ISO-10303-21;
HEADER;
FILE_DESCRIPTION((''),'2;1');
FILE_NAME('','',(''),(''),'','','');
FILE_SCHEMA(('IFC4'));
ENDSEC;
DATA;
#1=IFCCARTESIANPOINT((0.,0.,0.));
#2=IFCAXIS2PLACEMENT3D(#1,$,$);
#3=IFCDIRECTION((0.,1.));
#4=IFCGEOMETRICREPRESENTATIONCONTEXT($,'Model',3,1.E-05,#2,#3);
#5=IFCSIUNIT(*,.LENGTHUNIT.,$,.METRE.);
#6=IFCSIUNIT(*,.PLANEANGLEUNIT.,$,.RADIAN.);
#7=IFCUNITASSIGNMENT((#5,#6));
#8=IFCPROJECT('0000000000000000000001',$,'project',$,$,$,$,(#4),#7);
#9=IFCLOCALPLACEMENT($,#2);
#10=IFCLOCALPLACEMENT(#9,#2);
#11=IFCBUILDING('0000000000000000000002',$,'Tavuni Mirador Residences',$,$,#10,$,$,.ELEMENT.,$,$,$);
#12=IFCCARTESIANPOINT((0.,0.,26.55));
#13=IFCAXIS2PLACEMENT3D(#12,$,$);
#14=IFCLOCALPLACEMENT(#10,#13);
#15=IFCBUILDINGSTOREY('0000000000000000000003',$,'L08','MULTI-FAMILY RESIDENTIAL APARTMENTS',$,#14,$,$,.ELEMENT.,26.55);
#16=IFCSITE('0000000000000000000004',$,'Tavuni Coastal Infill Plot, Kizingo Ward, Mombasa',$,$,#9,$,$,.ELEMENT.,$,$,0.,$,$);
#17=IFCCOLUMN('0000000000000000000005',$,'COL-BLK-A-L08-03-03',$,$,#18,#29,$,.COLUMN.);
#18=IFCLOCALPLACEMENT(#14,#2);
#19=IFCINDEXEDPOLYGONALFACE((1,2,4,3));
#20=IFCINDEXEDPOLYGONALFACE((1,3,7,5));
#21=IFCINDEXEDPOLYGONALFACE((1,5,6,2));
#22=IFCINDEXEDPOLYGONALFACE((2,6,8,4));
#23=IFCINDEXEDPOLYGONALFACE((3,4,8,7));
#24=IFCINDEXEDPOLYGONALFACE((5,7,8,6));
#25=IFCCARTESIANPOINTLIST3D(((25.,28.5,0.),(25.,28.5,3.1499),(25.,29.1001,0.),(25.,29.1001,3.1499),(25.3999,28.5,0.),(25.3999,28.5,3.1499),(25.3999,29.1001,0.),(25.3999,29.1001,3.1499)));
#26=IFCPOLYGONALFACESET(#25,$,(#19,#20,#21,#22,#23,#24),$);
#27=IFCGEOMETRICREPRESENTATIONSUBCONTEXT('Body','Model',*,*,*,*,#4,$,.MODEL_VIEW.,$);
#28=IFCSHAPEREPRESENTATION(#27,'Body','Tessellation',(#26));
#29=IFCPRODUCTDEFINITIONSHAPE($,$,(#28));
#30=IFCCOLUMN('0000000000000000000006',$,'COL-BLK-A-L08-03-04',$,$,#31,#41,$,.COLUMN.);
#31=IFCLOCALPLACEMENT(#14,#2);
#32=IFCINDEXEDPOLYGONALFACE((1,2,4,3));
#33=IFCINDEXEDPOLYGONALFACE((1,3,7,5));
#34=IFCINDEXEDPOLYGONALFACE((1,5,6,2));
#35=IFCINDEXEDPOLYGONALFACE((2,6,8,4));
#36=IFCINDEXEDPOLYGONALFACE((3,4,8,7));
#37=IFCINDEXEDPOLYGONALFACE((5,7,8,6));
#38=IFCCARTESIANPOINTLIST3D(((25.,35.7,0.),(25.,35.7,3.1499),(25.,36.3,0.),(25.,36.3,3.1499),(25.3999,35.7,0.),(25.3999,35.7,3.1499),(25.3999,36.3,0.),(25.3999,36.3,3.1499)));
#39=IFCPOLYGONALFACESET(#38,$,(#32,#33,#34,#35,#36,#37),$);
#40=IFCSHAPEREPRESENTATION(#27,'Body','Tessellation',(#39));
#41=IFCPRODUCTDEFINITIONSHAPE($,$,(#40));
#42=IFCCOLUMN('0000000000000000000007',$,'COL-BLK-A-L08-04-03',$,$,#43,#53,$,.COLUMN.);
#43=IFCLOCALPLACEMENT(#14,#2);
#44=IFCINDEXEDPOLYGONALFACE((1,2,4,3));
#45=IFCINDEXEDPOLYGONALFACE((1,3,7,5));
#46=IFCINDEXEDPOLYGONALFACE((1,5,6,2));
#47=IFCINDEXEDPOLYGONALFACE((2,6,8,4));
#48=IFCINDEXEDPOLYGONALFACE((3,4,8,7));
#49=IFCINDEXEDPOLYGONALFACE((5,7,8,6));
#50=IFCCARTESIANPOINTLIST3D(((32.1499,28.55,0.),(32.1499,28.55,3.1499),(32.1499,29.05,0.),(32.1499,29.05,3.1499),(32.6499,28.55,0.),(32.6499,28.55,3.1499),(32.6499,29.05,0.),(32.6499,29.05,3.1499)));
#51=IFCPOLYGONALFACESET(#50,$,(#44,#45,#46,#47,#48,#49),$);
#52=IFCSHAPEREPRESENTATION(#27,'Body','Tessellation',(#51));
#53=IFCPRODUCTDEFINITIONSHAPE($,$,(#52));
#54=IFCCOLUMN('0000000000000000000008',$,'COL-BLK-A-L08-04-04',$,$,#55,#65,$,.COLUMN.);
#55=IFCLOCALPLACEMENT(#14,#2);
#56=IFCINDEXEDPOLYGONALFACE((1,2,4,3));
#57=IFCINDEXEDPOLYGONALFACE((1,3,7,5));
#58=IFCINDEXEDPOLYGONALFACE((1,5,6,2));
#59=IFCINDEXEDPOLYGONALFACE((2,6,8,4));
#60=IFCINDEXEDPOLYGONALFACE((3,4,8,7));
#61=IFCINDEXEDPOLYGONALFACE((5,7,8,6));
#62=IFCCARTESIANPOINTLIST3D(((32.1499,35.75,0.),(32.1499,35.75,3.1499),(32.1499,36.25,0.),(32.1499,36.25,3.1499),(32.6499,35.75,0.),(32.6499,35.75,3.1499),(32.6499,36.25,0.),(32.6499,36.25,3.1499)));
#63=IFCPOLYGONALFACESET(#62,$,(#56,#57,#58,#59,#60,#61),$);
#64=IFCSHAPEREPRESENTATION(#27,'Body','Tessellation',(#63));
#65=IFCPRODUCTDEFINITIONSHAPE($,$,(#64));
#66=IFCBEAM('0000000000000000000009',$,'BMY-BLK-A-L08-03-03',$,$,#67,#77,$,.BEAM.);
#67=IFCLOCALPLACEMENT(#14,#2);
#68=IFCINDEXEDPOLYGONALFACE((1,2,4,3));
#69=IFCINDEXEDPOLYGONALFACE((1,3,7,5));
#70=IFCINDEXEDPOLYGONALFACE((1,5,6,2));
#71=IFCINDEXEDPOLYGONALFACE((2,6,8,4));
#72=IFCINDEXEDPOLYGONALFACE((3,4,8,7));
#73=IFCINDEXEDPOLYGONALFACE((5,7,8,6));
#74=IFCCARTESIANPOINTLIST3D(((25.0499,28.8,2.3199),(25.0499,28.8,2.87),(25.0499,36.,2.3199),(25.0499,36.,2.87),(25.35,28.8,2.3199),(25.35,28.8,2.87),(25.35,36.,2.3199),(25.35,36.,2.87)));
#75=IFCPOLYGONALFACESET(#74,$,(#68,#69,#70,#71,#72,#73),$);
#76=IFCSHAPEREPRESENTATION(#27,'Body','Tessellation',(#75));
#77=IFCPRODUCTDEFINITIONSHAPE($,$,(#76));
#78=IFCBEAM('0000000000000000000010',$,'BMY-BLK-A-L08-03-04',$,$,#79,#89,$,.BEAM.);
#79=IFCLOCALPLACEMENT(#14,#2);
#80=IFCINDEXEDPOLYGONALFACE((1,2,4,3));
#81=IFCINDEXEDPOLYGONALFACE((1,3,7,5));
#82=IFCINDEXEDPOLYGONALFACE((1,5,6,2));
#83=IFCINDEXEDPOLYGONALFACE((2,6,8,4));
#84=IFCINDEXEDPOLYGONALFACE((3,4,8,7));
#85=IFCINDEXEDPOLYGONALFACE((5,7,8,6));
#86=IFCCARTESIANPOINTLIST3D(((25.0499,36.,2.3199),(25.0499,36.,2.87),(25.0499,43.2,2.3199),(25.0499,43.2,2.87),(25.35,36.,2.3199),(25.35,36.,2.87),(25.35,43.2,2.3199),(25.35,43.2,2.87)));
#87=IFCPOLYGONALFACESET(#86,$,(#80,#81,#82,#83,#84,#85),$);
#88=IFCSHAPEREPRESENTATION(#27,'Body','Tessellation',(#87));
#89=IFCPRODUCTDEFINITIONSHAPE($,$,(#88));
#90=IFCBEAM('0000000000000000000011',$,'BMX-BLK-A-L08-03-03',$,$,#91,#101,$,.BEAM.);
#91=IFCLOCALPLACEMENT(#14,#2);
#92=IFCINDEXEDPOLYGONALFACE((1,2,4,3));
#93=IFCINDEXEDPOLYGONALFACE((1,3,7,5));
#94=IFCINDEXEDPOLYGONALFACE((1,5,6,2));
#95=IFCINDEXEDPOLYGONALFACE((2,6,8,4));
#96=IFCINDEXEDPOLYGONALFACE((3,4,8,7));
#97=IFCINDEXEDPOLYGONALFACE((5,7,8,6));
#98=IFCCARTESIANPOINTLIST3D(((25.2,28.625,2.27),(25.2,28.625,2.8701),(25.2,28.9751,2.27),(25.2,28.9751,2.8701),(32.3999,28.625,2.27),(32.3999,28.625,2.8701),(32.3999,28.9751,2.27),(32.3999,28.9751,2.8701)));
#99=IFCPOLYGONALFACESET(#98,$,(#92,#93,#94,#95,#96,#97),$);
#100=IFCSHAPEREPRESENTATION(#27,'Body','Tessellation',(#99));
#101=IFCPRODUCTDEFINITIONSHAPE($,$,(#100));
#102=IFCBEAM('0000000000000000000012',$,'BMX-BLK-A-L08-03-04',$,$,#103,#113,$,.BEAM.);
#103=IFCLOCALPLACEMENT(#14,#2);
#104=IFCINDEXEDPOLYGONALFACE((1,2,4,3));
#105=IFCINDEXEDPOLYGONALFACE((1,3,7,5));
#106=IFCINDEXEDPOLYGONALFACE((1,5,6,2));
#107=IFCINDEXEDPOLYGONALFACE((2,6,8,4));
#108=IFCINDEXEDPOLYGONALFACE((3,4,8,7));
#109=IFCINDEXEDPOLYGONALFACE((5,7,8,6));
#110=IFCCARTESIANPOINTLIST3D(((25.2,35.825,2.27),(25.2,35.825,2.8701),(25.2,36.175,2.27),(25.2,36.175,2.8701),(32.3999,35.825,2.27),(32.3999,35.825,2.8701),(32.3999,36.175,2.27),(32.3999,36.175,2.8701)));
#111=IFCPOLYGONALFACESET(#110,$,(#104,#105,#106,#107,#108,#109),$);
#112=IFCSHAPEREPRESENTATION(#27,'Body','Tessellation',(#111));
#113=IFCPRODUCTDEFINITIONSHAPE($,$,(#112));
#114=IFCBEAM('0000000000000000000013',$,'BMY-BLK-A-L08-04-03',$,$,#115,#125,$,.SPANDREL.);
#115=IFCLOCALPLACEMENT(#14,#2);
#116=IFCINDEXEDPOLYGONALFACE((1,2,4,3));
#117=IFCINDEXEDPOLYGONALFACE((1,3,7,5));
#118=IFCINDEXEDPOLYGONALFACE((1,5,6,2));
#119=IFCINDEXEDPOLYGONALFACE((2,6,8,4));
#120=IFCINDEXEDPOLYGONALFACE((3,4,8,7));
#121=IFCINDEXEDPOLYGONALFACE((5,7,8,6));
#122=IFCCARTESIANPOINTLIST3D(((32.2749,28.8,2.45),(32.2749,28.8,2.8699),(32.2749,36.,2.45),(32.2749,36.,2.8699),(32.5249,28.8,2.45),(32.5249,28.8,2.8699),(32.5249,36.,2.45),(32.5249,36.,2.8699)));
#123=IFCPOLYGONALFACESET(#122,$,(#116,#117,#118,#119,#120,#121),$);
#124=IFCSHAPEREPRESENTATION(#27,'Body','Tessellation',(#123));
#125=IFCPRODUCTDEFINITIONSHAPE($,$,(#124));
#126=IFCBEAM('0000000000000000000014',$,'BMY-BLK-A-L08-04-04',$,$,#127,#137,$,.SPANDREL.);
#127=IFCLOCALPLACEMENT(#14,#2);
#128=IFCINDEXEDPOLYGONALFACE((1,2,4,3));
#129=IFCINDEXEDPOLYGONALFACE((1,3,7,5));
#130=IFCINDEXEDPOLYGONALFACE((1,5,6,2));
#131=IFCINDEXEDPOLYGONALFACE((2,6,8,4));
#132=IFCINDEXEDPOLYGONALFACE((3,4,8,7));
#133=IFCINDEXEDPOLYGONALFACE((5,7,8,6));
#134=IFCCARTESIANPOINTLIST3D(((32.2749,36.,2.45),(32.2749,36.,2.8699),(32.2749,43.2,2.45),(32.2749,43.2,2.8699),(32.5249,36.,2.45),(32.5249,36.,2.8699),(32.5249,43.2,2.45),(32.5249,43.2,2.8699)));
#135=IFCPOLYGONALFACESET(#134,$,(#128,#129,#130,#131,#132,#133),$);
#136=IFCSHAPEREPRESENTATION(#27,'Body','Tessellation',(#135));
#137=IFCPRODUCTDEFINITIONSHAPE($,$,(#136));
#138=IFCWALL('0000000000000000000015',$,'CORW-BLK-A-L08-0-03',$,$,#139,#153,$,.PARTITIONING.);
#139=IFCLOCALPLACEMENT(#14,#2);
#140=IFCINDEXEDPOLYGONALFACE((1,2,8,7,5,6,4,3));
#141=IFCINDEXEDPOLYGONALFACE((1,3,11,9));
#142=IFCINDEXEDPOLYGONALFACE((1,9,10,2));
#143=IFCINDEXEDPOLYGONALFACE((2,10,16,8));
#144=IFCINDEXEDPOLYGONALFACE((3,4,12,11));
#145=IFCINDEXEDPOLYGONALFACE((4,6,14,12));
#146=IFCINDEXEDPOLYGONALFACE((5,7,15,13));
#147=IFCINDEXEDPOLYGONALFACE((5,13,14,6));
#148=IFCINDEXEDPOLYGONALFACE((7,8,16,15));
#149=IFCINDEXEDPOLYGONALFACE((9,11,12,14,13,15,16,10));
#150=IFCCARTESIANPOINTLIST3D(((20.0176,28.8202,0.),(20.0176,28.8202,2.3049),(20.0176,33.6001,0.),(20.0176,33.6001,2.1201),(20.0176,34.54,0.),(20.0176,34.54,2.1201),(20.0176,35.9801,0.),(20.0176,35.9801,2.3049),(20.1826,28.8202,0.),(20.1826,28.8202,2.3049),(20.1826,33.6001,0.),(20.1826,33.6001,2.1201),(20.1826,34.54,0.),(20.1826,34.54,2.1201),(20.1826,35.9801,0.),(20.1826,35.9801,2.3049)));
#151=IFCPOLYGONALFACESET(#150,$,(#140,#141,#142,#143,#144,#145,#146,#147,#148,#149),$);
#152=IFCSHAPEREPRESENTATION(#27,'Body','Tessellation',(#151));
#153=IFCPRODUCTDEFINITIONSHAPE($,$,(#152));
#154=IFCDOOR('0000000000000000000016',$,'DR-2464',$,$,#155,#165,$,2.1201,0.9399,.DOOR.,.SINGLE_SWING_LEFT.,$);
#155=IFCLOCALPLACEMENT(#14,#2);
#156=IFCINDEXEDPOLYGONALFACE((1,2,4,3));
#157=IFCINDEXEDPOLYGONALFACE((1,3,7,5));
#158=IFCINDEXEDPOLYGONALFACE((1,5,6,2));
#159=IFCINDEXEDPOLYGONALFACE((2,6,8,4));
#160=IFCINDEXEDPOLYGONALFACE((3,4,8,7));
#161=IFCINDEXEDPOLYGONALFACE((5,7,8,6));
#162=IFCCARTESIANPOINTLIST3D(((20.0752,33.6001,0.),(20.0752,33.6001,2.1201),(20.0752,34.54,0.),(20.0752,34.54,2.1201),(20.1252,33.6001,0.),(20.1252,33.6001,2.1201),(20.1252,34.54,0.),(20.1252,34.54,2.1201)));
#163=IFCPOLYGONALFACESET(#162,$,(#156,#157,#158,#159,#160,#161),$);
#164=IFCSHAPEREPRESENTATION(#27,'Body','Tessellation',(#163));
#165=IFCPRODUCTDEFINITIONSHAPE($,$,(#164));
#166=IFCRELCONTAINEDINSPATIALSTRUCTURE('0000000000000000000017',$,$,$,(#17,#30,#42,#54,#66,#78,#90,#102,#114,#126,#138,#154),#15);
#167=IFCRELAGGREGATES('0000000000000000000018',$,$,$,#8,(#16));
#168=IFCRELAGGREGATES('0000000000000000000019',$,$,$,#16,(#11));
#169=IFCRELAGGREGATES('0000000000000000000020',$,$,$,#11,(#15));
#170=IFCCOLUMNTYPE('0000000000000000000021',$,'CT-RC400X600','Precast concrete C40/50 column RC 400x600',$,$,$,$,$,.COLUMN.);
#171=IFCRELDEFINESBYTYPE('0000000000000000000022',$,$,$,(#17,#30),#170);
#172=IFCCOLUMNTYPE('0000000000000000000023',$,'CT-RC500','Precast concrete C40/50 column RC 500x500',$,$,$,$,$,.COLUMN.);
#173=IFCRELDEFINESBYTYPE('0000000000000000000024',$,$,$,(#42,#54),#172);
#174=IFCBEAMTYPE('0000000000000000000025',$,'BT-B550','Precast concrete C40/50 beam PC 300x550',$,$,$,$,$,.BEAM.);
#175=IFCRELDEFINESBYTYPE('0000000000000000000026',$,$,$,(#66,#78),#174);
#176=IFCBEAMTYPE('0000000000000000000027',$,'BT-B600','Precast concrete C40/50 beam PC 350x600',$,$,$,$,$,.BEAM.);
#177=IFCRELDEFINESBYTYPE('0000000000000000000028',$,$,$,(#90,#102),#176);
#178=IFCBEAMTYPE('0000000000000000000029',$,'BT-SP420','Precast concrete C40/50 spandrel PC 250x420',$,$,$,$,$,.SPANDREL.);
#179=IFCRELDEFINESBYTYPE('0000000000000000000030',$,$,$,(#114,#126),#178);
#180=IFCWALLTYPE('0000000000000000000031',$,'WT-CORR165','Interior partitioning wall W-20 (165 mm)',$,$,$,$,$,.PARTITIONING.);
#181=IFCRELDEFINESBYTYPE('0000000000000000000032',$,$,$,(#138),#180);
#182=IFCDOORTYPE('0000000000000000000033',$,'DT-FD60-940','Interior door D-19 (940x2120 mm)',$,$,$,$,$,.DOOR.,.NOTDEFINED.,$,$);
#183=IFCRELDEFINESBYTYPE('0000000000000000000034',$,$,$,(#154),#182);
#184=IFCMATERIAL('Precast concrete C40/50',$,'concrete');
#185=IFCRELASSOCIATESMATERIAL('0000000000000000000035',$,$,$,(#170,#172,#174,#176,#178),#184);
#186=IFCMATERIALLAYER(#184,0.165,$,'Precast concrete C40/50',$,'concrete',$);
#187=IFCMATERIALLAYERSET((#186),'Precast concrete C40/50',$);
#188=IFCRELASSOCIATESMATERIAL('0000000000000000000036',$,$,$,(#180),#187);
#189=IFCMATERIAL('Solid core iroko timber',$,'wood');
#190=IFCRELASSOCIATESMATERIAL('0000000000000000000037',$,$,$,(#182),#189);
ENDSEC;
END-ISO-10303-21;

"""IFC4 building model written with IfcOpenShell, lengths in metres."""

from ifc_helpers import new_model, si_unit, direction, frame, frame_2d, origin, origin_2d, place, context, subcontext, project, spatial, rectangle, extrude, material, layer, layer_set, material_profile, profile_set, type_object, element, fill, save


model = new_model("IFC4")

# Units and contexts
model_context = context("Model", 3, precision=1e-05, world=origin(), true_north=direction((0.0, 1.0)))
body_context = subcontext(model_context, "Body", "Model", "MODEL_VIEW")
ifc_project = project(units=[si_unit("LENGTHUNIT", "METRE"), si_unit("PLANEANGLEUNIT", "RADIAN")], contexts=[model_context])

# Site, building, storey
site_placement = place(None, origin())
site = spatial("IfcSite", under=ifc_project, at=site_placement, Name="Tavuni Coastal Infill Plot, Kizingo Ward, Mombasa", CompositionType="ELEMENT", RefElevation=0.0)
building_placement = place(site_placement, origin())
building = spatial("IfcBuilding", under=site, at=building_placement, Name="Tavuni Mirador Residences", CompositionType="ELEMENT")
storey_placement = place(building_placement, frame((0.0, 0.0, 26.55)))
storey = spatial("IfcBuildingStorey", under=building, at=storey_placement, Name="L08", Description="MULTI-FAMILY RESIDENTIAL APARTMENTS", CompositionType="ELEMENT", Elevation=26.55)

# Columns
ifc_material_1 = material(Name="Precast concrete C40/50", Category="concrete")
ifc_material_profile_1 = material_profile(ifc_material_1, rectangle(XDim=0.3999, YDim=0.6001, at=origin_2d()), Name="RC 400x600", Category="concrete")
ifc_profile_set_1 = profile_set([ifc_material_profile_1], Name="Precast concrete C40/50")
column_type_1 = type_object("IfcColumnType", Name="CT-RC400X600", Description="Precast concrete C40/50 column RC 400x600", PredefinedType="COLUMN", material=ifc_profile_set_1)
for number, where, z_axis, x_axis, name in (
    (1, (25.2, 28.8, 0.0), (0.0, 0.0, 1.0), (1.0, 0.0, 0.0), "COL-BLK-A-L08-03-03"),
    (2, (25.2, 36.0, 0.0), (0.0, 0.0, 1.0), (1.0, 0.0, 0.0), "COL-BLK-A-L08-03-04"),
):
    element("IfcColumn", number, at=place(storey_placement, frame(where, z_axis=z_axis, x_axis=x_axis)), inside=storey, type_object=column_type_1, Name=name, PredefinedType="COLUMN", context=body_context, shape_type="SweptSolid", body=[
        extrude(rectangle(XDim=0.3999, YDim=0.6001, at=origin_2d()), origin(), (0.0, 0.0, 1.0), 3.1499),
    ])
ifc_material_profile_2 = material_profile(ifc_material_1, rectangle(XDim=0.5, YDim=0.5, at=origin_2d()), Name="RC 500x500", Category="concrete")
ifc_profile_set_2 = profile_set([ifc_material_profile_2], Name="Precast concrete C40/50")
column_type_2 = type_object("IfcColumnType", Name="CT-RC500", Description="Precast concrete C40/50 column RC 500x500", PredefinedType="COLUMN", material=ifc_profile_set_2)
for number, where, z_axis, x_axis, name in (
    (3, (32.3999, 28.8, 0.0), (0.0, 0.0, 1.0), (1.0, 0.0, 0.0), "COL-BLK-A-L08-04-03"),
    (4, (32.3999, 36.0, 0.0), (0.0, 0.0, 1.0), (1.0, 0.0, 0.0), "COL-BLK-A-L08-04-04"),
):
    element("IfcColumn", number, at=place(storey_placement, frame(where, z_axis=z_axis, x_axis=x_axis)), inside=storey, type_object=column_type_2, Name=name, PredefinedType="COLUMN", context=body_context, shape_type="SweptSolid", body=[
        extrude(rectangle(XDim=0.5, YDim=0.5, at=origin_2d()), origin(), (0.0, 0.0, 1.0), 3.1499),
    ])

# Beams
ifc_material_profile_3 = material_profile(ifc_material_1, rectangle(XDim=0.3, YDim=0.55, at=origin_2d()), Name="PC 300x550", Category="concrete")
ifc_profile_set_3 = profile_set([ifc_material_profile_3], Name="Precast concrete C40/50")
beam_type_1 = type_object("IfcBeamType", Name="BT-B550", Description="Precast concrete C40/50 beam PC 300x550", PredefinedType="BEAM", material=ifc_profile_set_3)
for number, where, z_axis, x_axis, name in (
    (5, (25.2, 28.8, 2.595), (0.0, 1.0, 0.0), (-1.0, 0.0, 0.0), "BMY-BLK-A-L08-03-03"),
    (6, (25.2, 36.0, 2.595), (0.0, 1.0, 0.0), (-1.0, 0.0, 0.0), "BMY-BLK-A-L08-03-04"),
):
    element("IfcBeam", number, at=place(storey_placement, frame(where, z_axis=z_axis, x_axis=x_axis)), inside=storey, type_object=beam_type_1, Name=name, PredefinedType="BEAM", context=body_context, shape_type="SweptSolid", body=[
        extrude(rectangle(XDim=0.3, YDim=0.55, at=origin_2d()), origin(), (0.0, 0.0, 1.0), 7.2),
    ])
ifc_material_profile_4 = material_profile(ifc_material_1, rectangle(XDim=0.3501, YDim=0.6001, at=origin_2d()), Name="PC 350x600", Category="concrete")
ifc_profile_set_4 = profile_set([ifc_material_profile_4], Name="Precast concrete C40/50")
beam_type_2 = type_object("IfcBeamType", Name="BT-B600", Description="Precast concrete C40/50 beam PC 350x600", PredefinedType="BEAM", material=ifc_profile_set_4)
for number, where, z_axis, x_axis, name in (
    (7, (25.2, 28.8, 2.5701), (1.0, 0.0, 0.0), (0.0, 1.0, 0.0), "BMX-BLK-A-L08-03-03"),
    (8, (25.2, 36.0, 2.5701), (1.0, 0.0, 0.0), (0.0, 1.0, 0.0), "BMX-BLK-A-L08-03-04"),
):
    element("IfcBeam", number, at=place(storey_placement, frame(where, z_axis=z_axis, x_axis=x_axis)), inside=storey, type_object=beam_type_2, Name=name, PredefinedType="BEAM", context=body_context, shape_type="SweptSolid", body=[
        extrude(rectangle(XDim=0.3501, YDim=0.6001, at=origin_2d()), origin(), (0.0, 0.0, 1.0), 7.2),
    ])
ifc_material_profile_5 = material_profile(ifc_material_1, rectangle(XDim=0.25, YDim=0.4199, at=origin_2d()), Name="PC 250x420", Category="concrete")
ifc_profile_set_5 = profile_set([ifc_material_profile_5], Name="Precast concrete C40/50")
beam_type_3 = type_object("IfcBeamType", Name="BT-SP420", Description="Precast concrete C40/50 spandrel PC 250x420", PredefinedType="SPANDREL", material=ifc_profile_set_5)
for number, where, z_axis, x_axis, name in (
    (9, (32.3999, 28.8, 2.6599), (0.0, 1.0, 0.0), (-1.0, 0.0, 0.0), "BMY-BLK-A-L08-04-03"),
    (10, (32.3999, 36.0, 2.6599), (0.0, 1.0, 0.0), (-1.0, 0.0, 0.0), "BMY-BLK-A-L08-04-04"),
):
    element("IfcBeam", number, at=place(storey_placement, frame(where, z_axis=z_axis, x_axis=x_axis)), inside=storey, type_object=beam_type_3, Name=name, PredefinedType="SPANDREL", context=body_context, shape_type="SweptSolid", body=[
        extrude(rectangle(XDim=0.25, YDim=0.4199, at=origin_2d()), origin(), (0.0, 0.0, 1.0), 7.2),
    ])

# Wall, opening, door
ifc_layer_1 = layer(ifc_material_1, 0.165, Name="Precast concrete C40/50", Category="concrete")
ifc_layer_set_1 = layer_set([ifc_layer_1], Name="Precast concrete C40/50")
wall_type_1 = type_object("IfcWallType", Name="WT-CORR165", Description="Interior partitioning wall W-20 (165 mm)", PredefinedType="PARTITIONING", material=ifc_layer_set_1)
wall_1_placement = place(storey_placement, frame((20.1001, 28.8201, 0.0), z_axis=(0.0, 0.0, 1.0), x_axis=(0.0, 1.0, 0.0)))
wall_1 = element("IfcWall", 11, at=wall_1_placement, inside=storey, type_object=wall_type_1, Name="CORW-BLK-A-L08-0-03", PredefinedType="PARTITIONING", context=body_context, shape_type="SweptSolid", body=[
    extrude(rectangle(XDim=7.1599, YDim=0.165, at=frame_2d((3.5801, 0.0))), origin(), (0.0, 0.0, 1.0), 2.3049),
])
opening_1_placement = place(wall_1_placement, frame((4.78, 0.0, 0.0)))
opening_1 = element("IfcOpeningElement", 12, at=opening_1_placement, cuts=wall_1, PredefinedType="OPENING", context=body_context, shape_type="SweptSolid", body=[
    extrude(rectangle(XDim=0.9399, YDim=2.1201, at=frame_2d((0.47, 1.0601))), frame((0.0, 0.0925, 0.0), z_axis=(0.0, -1.0, 0.0), x_axis=(1.0, 0.0, 0.0)), (0.0, 0.0, 1.0), 0.1851),
])
ifc_material_2 = material(Name="Solid core iroko timber", Category="wood")
door_type_1 = type_object("IfcDoorType", Name="DT-FD60-940", Description="Interior door D-19 (940x2120 mm)", OperationType="NOTDEFINED", PredefinedType="DOOR", material=ifc_material_2)
door_1_placement = place(opening_1_placement, origin())
door_1 = element("IfcDoor", 13, at=door_1_placement, inside=storey, type_object=door_type_1, Name="DR-2464", OperationType="SINGLE_SWING_LEFT", OverallHeight=2.1201, OverallWidth=0.9399, PredefinedType="DOOR", context=body_context, shape_type="SweptSolid", body=[
    extrude(rectangle(XDim=0.9399, YDim=2.1201, at=frame_2d((0.47, 1.0601))), frame((0.0, 0.0249, 0.0), z_axis=(0.0, -1.0, 0.0), x_axis=(1.0, 0.0, 0.0)), (0.0, 0.0, 1.0), 0.05),
])
fill(opening_1, door_1)

save(model, "model.ifc")
